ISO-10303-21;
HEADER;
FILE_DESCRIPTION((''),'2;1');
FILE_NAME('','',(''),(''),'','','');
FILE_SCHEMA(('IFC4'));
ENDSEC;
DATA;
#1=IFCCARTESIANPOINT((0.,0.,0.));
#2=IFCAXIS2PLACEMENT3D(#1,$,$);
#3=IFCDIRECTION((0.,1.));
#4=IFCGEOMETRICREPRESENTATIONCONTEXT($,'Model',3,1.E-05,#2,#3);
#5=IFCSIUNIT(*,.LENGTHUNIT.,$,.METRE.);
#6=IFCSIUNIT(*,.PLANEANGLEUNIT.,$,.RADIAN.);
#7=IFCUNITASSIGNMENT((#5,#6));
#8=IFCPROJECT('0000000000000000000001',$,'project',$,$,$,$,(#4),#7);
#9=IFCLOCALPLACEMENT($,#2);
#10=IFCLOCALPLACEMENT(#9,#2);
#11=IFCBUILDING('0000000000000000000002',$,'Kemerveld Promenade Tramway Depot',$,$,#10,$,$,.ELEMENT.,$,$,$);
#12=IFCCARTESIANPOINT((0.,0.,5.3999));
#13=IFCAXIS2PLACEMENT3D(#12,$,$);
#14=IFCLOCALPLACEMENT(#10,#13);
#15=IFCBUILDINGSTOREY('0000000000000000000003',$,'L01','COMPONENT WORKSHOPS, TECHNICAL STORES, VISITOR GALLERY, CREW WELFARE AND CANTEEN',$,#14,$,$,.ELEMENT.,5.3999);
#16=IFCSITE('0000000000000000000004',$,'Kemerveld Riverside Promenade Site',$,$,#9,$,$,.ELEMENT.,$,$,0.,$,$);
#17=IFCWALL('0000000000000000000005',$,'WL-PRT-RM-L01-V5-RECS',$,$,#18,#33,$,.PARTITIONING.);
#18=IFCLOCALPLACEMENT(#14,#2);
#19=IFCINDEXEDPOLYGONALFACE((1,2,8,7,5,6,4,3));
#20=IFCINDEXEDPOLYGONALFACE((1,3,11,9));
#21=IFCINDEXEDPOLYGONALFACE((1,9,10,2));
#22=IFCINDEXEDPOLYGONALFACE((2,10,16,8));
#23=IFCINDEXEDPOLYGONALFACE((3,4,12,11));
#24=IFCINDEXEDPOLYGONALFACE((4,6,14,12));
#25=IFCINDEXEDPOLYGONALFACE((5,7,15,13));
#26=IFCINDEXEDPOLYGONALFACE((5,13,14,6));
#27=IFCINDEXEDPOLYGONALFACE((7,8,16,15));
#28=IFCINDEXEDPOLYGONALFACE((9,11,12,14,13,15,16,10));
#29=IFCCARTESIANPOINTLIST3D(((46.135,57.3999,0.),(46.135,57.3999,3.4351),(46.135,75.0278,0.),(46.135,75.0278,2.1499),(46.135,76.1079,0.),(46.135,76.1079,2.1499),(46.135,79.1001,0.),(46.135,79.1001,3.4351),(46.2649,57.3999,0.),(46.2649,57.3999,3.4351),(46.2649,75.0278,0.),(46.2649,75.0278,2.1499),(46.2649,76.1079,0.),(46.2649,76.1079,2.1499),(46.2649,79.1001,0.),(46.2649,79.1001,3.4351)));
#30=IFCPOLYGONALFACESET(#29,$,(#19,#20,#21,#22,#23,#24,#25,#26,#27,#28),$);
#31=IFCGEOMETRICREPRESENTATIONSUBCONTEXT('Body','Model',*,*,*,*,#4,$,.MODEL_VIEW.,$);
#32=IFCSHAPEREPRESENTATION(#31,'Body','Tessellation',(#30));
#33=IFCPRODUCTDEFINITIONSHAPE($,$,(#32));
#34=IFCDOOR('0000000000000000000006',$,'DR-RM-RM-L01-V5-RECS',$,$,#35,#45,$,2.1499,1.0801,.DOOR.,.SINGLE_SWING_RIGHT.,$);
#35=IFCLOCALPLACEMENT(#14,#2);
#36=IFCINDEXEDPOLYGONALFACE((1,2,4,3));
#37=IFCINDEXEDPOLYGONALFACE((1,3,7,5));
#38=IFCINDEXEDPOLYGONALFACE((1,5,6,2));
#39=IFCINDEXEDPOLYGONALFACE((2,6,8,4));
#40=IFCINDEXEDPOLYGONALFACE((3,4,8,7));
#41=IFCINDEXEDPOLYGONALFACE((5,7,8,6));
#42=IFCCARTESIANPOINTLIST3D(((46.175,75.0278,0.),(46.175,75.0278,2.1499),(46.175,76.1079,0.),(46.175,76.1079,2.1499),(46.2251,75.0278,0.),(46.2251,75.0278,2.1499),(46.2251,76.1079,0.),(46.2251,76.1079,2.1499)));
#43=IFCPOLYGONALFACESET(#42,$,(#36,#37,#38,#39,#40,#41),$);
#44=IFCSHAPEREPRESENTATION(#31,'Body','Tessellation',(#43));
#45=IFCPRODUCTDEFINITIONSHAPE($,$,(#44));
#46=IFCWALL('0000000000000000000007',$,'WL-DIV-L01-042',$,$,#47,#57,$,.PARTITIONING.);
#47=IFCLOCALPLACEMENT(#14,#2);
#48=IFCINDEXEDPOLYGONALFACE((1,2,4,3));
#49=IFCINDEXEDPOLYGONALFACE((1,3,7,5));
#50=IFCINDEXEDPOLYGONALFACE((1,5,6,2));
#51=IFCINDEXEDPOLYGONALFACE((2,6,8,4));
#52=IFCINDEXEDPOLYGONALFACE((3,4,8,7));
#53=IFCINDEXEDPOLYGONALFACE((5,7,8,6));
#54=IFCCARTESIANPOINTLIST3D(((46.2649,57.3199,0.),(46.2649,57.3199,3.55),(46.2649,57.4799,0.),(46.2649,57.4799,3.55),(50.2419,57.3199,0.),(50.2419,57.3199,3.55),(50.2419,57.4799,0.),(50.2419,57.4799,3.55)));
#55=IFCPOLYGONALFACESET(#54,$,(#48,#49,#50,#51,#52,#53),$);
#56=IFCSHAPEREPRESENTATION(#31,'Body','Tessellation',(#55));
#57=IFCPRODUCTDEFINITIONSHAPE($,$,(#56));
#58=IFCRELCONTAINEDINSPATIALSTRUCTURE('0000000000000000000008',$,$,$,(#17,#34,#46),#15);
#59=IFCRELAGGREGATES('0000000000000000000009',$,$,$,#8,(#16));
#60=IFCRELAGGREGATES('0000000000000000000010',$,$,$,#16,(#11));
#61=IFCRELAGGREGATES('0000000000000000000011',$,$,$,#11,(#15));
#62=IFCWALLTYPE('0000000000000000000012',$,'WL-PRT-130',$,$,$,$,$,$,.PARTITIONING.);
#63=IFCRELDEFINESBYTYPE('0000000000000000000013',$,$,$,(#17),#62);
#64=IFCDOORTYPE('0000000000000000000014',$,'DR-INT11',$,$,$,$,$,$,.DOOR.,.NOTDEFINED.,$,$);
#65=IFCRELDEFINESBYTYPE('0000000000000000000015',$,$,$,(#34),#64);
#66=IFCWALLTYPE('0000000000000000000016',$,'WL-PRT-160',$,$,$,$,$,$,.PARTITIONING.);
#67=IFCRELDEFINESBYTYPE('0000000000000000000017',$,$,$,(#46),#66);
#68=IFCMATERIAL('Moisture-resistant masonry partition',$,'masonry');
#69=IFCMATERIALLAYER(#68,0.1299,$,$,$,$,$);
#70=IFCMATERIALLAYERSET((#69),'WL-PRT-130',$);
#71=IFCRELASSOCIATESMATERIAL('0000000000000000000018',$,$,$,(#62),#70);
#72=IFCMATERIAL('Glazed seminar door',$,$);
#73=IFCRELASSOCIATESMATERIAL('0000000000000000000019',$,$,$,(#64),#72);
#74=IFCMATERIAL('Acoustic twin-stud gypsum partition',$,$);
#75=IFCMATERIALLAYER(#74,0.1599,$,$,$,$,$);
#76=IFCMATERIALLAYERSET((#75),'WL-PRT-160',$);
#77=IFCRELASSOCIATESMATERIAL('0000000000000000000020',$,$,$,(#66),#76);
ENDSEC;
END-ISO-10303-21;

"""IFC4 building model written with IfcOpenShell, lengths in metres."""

from ifc_helpers import new_model, si_unit, direction, frame, frame_2d, origin, place, context, subcontext, project, spatial, rectangle, extrude, material, layer, layer_set, type_object, element, fill, save


model = new_model("IFC4")

# Units and contexts
model_context = context("Model", 3, precision=1e-05, world=origin(), true_north=direction((0.0, 1.0)))
body_context = subcontext(model_context, "Body", "Model", "MODEL_VIEW")
ifc_project = project(units=[si_unit("LENGTHUNIT", "METRE"), si_unit("PLANEANGLEUNIT", "RADIAN")], contexts=[model_context])

# Site, building, storey
site_placement = place(None, origin())
site = spatial("IfcSite", under=ifc_project, at=site_placement, Name="Kemerveld Riverside Promenade Site", CompositionType="ELEMENT", RefElevation=0.0)
building_placement = place(site_placement, origin())
building = spatial("IfcBuilding", under=site, at=building_placement, Name="Kemerveld Promenade Tramway Depot", CompositionType="ELEMENT")
storey_placement = place(building_placement, frame((0.0, 0.0, 5.3999)))
storey = spatial("IfcBuildingStorey", under=building, at=storey_placement, Name="L01", Description="COMPONENT WORKSHOPS, TECHNICAL STORES, VISITOR GALLERY, CREW WELFARE AND CANTEEN", CompositionType="ELEMENT", Elevation=5.3999)

# Wall, opening, door
ifc_material_1 = material(Name="Moisture-resistant masonry partition", Category="masonry")
ifc_layer_1 = layer(ifc_material_1, 0.1299)
ifc_layer_set_1 = layer_set([ifc_layer_1], Name="WL-PRT-130")
wall_type_1 = type_object("IfcWallType", Name="WL-PRT-130", PredefinedType="PARTITIONING", material=ifc_layer_set_1)
wall_1_placement = place(storey_placement, frame((46.2, 57.3999, 0.0), z_axis=(0.0, 0.0, 1.0), x_axis=(0.0, 1.0, 0.0)))
wall_1 = element("IfcWall", 1, at=wall_1_placement, inside=storey, type_object=wall_type_1, Name="WL-PRT-RM-L01-V5-RECS", PredefinedType="PARTITIONING", context=body_context, shape_type="SweptSolid", body=[
    extrude(rectangle(XDim=21.7002, YDim=0.1299, at=frame_2d((10.8501, 0.0))), origin(), (0.0, 0.0, 1.0), 3.4351),
])
opening_1_placement = place(wall_1_placement, frame((17.6279, 0.0, 0.0)))
opening_1 = element("IfcOpeningElement", 2, at=opening_1_placement, cuts=wall_1, PredefinedType="OPENING", context=body_context, shape_type="SweptSolid", body=[
    extrude(rectangle(XDim=1.0801, YDim=2.1499, at=frame_2d((0.54, 1.075))), frame((0.0, 0.075, 0.0), z_axis=(0.0, -1.0, 0.0), x_axis=(1.0, 0.0, 0.0)), (0.0, 0.0, 1.0), 0.1499),
])
ifc_material_2 = material(Name="Glazed seminar door")
door_type_1 = type_object("IfcDoorType", Name="DR-INT11", OperationType="NOTDEFINED", PredefinedType="DOOR", material=ifc_material_2)
door_1_placement = place(opening_1_placement, origin())
door_1 = element("IfcDoor", 3, at=door_1_placement, inside=storey, type_object=door_type_1, Name="DR-RM-RM-L01-V5-RECS", OperationType="SINGLE_SWING_RIGHT", OverallHeight=2.1499, OverallWidth=1.0801, PredefinedType="DOOR", context=body_context, shape_type="SweptSolid", body=[
    extrude(rectangle(XDim=1.0801, YDim=2.1499, at=frame_2d((0.54, 1.075))), frame((0.0, 0.0249, 0.0), z_axis=(0.0, -1.0, 0.0), x_axis=(1.0, 0.0, 0.0)), (0.0, 0.0, 1.0), 0.05),
])
fill(opening_1, door_1)

# Wall
ifc_material_3 = material(Name="Acoustic twin-stud gypsum partition")
ifc_layer_2 = layer(ifc_material_3, 0.1599)
ifc_layer_set_2 = layer_set([ifc_layer_2], Name="WL-PRT-160")
wall_type_2 = type_object("IfcWallType", Name="WL-PRT-160", PredefinedType="PARTITIONING", material=ifc_layer_set_2)
wall_2_placement = place(storey_placement, frame((46.2649, 57.3999, 0.0), z_axis=(0.0, 0.0, 1.0), x_axis=(1.0, 0.0, 0.0)))
element("IfcWall", 4, at=wall_2_placement, inside=storey, type_object=wall_type_2, Name="WL-DIV-L01-042", PredefinedType="PARTITIONING", context=body_context, shape_type="SweptSolid", body=[
    extrude(rectangle(XDim=3.9771, YDim=0.1599, at=frame_2d((1.9885, 0.0))), origin(), (0.0, 0.0, 1.0), 3.55),
])

save(model, "model.ifc")
